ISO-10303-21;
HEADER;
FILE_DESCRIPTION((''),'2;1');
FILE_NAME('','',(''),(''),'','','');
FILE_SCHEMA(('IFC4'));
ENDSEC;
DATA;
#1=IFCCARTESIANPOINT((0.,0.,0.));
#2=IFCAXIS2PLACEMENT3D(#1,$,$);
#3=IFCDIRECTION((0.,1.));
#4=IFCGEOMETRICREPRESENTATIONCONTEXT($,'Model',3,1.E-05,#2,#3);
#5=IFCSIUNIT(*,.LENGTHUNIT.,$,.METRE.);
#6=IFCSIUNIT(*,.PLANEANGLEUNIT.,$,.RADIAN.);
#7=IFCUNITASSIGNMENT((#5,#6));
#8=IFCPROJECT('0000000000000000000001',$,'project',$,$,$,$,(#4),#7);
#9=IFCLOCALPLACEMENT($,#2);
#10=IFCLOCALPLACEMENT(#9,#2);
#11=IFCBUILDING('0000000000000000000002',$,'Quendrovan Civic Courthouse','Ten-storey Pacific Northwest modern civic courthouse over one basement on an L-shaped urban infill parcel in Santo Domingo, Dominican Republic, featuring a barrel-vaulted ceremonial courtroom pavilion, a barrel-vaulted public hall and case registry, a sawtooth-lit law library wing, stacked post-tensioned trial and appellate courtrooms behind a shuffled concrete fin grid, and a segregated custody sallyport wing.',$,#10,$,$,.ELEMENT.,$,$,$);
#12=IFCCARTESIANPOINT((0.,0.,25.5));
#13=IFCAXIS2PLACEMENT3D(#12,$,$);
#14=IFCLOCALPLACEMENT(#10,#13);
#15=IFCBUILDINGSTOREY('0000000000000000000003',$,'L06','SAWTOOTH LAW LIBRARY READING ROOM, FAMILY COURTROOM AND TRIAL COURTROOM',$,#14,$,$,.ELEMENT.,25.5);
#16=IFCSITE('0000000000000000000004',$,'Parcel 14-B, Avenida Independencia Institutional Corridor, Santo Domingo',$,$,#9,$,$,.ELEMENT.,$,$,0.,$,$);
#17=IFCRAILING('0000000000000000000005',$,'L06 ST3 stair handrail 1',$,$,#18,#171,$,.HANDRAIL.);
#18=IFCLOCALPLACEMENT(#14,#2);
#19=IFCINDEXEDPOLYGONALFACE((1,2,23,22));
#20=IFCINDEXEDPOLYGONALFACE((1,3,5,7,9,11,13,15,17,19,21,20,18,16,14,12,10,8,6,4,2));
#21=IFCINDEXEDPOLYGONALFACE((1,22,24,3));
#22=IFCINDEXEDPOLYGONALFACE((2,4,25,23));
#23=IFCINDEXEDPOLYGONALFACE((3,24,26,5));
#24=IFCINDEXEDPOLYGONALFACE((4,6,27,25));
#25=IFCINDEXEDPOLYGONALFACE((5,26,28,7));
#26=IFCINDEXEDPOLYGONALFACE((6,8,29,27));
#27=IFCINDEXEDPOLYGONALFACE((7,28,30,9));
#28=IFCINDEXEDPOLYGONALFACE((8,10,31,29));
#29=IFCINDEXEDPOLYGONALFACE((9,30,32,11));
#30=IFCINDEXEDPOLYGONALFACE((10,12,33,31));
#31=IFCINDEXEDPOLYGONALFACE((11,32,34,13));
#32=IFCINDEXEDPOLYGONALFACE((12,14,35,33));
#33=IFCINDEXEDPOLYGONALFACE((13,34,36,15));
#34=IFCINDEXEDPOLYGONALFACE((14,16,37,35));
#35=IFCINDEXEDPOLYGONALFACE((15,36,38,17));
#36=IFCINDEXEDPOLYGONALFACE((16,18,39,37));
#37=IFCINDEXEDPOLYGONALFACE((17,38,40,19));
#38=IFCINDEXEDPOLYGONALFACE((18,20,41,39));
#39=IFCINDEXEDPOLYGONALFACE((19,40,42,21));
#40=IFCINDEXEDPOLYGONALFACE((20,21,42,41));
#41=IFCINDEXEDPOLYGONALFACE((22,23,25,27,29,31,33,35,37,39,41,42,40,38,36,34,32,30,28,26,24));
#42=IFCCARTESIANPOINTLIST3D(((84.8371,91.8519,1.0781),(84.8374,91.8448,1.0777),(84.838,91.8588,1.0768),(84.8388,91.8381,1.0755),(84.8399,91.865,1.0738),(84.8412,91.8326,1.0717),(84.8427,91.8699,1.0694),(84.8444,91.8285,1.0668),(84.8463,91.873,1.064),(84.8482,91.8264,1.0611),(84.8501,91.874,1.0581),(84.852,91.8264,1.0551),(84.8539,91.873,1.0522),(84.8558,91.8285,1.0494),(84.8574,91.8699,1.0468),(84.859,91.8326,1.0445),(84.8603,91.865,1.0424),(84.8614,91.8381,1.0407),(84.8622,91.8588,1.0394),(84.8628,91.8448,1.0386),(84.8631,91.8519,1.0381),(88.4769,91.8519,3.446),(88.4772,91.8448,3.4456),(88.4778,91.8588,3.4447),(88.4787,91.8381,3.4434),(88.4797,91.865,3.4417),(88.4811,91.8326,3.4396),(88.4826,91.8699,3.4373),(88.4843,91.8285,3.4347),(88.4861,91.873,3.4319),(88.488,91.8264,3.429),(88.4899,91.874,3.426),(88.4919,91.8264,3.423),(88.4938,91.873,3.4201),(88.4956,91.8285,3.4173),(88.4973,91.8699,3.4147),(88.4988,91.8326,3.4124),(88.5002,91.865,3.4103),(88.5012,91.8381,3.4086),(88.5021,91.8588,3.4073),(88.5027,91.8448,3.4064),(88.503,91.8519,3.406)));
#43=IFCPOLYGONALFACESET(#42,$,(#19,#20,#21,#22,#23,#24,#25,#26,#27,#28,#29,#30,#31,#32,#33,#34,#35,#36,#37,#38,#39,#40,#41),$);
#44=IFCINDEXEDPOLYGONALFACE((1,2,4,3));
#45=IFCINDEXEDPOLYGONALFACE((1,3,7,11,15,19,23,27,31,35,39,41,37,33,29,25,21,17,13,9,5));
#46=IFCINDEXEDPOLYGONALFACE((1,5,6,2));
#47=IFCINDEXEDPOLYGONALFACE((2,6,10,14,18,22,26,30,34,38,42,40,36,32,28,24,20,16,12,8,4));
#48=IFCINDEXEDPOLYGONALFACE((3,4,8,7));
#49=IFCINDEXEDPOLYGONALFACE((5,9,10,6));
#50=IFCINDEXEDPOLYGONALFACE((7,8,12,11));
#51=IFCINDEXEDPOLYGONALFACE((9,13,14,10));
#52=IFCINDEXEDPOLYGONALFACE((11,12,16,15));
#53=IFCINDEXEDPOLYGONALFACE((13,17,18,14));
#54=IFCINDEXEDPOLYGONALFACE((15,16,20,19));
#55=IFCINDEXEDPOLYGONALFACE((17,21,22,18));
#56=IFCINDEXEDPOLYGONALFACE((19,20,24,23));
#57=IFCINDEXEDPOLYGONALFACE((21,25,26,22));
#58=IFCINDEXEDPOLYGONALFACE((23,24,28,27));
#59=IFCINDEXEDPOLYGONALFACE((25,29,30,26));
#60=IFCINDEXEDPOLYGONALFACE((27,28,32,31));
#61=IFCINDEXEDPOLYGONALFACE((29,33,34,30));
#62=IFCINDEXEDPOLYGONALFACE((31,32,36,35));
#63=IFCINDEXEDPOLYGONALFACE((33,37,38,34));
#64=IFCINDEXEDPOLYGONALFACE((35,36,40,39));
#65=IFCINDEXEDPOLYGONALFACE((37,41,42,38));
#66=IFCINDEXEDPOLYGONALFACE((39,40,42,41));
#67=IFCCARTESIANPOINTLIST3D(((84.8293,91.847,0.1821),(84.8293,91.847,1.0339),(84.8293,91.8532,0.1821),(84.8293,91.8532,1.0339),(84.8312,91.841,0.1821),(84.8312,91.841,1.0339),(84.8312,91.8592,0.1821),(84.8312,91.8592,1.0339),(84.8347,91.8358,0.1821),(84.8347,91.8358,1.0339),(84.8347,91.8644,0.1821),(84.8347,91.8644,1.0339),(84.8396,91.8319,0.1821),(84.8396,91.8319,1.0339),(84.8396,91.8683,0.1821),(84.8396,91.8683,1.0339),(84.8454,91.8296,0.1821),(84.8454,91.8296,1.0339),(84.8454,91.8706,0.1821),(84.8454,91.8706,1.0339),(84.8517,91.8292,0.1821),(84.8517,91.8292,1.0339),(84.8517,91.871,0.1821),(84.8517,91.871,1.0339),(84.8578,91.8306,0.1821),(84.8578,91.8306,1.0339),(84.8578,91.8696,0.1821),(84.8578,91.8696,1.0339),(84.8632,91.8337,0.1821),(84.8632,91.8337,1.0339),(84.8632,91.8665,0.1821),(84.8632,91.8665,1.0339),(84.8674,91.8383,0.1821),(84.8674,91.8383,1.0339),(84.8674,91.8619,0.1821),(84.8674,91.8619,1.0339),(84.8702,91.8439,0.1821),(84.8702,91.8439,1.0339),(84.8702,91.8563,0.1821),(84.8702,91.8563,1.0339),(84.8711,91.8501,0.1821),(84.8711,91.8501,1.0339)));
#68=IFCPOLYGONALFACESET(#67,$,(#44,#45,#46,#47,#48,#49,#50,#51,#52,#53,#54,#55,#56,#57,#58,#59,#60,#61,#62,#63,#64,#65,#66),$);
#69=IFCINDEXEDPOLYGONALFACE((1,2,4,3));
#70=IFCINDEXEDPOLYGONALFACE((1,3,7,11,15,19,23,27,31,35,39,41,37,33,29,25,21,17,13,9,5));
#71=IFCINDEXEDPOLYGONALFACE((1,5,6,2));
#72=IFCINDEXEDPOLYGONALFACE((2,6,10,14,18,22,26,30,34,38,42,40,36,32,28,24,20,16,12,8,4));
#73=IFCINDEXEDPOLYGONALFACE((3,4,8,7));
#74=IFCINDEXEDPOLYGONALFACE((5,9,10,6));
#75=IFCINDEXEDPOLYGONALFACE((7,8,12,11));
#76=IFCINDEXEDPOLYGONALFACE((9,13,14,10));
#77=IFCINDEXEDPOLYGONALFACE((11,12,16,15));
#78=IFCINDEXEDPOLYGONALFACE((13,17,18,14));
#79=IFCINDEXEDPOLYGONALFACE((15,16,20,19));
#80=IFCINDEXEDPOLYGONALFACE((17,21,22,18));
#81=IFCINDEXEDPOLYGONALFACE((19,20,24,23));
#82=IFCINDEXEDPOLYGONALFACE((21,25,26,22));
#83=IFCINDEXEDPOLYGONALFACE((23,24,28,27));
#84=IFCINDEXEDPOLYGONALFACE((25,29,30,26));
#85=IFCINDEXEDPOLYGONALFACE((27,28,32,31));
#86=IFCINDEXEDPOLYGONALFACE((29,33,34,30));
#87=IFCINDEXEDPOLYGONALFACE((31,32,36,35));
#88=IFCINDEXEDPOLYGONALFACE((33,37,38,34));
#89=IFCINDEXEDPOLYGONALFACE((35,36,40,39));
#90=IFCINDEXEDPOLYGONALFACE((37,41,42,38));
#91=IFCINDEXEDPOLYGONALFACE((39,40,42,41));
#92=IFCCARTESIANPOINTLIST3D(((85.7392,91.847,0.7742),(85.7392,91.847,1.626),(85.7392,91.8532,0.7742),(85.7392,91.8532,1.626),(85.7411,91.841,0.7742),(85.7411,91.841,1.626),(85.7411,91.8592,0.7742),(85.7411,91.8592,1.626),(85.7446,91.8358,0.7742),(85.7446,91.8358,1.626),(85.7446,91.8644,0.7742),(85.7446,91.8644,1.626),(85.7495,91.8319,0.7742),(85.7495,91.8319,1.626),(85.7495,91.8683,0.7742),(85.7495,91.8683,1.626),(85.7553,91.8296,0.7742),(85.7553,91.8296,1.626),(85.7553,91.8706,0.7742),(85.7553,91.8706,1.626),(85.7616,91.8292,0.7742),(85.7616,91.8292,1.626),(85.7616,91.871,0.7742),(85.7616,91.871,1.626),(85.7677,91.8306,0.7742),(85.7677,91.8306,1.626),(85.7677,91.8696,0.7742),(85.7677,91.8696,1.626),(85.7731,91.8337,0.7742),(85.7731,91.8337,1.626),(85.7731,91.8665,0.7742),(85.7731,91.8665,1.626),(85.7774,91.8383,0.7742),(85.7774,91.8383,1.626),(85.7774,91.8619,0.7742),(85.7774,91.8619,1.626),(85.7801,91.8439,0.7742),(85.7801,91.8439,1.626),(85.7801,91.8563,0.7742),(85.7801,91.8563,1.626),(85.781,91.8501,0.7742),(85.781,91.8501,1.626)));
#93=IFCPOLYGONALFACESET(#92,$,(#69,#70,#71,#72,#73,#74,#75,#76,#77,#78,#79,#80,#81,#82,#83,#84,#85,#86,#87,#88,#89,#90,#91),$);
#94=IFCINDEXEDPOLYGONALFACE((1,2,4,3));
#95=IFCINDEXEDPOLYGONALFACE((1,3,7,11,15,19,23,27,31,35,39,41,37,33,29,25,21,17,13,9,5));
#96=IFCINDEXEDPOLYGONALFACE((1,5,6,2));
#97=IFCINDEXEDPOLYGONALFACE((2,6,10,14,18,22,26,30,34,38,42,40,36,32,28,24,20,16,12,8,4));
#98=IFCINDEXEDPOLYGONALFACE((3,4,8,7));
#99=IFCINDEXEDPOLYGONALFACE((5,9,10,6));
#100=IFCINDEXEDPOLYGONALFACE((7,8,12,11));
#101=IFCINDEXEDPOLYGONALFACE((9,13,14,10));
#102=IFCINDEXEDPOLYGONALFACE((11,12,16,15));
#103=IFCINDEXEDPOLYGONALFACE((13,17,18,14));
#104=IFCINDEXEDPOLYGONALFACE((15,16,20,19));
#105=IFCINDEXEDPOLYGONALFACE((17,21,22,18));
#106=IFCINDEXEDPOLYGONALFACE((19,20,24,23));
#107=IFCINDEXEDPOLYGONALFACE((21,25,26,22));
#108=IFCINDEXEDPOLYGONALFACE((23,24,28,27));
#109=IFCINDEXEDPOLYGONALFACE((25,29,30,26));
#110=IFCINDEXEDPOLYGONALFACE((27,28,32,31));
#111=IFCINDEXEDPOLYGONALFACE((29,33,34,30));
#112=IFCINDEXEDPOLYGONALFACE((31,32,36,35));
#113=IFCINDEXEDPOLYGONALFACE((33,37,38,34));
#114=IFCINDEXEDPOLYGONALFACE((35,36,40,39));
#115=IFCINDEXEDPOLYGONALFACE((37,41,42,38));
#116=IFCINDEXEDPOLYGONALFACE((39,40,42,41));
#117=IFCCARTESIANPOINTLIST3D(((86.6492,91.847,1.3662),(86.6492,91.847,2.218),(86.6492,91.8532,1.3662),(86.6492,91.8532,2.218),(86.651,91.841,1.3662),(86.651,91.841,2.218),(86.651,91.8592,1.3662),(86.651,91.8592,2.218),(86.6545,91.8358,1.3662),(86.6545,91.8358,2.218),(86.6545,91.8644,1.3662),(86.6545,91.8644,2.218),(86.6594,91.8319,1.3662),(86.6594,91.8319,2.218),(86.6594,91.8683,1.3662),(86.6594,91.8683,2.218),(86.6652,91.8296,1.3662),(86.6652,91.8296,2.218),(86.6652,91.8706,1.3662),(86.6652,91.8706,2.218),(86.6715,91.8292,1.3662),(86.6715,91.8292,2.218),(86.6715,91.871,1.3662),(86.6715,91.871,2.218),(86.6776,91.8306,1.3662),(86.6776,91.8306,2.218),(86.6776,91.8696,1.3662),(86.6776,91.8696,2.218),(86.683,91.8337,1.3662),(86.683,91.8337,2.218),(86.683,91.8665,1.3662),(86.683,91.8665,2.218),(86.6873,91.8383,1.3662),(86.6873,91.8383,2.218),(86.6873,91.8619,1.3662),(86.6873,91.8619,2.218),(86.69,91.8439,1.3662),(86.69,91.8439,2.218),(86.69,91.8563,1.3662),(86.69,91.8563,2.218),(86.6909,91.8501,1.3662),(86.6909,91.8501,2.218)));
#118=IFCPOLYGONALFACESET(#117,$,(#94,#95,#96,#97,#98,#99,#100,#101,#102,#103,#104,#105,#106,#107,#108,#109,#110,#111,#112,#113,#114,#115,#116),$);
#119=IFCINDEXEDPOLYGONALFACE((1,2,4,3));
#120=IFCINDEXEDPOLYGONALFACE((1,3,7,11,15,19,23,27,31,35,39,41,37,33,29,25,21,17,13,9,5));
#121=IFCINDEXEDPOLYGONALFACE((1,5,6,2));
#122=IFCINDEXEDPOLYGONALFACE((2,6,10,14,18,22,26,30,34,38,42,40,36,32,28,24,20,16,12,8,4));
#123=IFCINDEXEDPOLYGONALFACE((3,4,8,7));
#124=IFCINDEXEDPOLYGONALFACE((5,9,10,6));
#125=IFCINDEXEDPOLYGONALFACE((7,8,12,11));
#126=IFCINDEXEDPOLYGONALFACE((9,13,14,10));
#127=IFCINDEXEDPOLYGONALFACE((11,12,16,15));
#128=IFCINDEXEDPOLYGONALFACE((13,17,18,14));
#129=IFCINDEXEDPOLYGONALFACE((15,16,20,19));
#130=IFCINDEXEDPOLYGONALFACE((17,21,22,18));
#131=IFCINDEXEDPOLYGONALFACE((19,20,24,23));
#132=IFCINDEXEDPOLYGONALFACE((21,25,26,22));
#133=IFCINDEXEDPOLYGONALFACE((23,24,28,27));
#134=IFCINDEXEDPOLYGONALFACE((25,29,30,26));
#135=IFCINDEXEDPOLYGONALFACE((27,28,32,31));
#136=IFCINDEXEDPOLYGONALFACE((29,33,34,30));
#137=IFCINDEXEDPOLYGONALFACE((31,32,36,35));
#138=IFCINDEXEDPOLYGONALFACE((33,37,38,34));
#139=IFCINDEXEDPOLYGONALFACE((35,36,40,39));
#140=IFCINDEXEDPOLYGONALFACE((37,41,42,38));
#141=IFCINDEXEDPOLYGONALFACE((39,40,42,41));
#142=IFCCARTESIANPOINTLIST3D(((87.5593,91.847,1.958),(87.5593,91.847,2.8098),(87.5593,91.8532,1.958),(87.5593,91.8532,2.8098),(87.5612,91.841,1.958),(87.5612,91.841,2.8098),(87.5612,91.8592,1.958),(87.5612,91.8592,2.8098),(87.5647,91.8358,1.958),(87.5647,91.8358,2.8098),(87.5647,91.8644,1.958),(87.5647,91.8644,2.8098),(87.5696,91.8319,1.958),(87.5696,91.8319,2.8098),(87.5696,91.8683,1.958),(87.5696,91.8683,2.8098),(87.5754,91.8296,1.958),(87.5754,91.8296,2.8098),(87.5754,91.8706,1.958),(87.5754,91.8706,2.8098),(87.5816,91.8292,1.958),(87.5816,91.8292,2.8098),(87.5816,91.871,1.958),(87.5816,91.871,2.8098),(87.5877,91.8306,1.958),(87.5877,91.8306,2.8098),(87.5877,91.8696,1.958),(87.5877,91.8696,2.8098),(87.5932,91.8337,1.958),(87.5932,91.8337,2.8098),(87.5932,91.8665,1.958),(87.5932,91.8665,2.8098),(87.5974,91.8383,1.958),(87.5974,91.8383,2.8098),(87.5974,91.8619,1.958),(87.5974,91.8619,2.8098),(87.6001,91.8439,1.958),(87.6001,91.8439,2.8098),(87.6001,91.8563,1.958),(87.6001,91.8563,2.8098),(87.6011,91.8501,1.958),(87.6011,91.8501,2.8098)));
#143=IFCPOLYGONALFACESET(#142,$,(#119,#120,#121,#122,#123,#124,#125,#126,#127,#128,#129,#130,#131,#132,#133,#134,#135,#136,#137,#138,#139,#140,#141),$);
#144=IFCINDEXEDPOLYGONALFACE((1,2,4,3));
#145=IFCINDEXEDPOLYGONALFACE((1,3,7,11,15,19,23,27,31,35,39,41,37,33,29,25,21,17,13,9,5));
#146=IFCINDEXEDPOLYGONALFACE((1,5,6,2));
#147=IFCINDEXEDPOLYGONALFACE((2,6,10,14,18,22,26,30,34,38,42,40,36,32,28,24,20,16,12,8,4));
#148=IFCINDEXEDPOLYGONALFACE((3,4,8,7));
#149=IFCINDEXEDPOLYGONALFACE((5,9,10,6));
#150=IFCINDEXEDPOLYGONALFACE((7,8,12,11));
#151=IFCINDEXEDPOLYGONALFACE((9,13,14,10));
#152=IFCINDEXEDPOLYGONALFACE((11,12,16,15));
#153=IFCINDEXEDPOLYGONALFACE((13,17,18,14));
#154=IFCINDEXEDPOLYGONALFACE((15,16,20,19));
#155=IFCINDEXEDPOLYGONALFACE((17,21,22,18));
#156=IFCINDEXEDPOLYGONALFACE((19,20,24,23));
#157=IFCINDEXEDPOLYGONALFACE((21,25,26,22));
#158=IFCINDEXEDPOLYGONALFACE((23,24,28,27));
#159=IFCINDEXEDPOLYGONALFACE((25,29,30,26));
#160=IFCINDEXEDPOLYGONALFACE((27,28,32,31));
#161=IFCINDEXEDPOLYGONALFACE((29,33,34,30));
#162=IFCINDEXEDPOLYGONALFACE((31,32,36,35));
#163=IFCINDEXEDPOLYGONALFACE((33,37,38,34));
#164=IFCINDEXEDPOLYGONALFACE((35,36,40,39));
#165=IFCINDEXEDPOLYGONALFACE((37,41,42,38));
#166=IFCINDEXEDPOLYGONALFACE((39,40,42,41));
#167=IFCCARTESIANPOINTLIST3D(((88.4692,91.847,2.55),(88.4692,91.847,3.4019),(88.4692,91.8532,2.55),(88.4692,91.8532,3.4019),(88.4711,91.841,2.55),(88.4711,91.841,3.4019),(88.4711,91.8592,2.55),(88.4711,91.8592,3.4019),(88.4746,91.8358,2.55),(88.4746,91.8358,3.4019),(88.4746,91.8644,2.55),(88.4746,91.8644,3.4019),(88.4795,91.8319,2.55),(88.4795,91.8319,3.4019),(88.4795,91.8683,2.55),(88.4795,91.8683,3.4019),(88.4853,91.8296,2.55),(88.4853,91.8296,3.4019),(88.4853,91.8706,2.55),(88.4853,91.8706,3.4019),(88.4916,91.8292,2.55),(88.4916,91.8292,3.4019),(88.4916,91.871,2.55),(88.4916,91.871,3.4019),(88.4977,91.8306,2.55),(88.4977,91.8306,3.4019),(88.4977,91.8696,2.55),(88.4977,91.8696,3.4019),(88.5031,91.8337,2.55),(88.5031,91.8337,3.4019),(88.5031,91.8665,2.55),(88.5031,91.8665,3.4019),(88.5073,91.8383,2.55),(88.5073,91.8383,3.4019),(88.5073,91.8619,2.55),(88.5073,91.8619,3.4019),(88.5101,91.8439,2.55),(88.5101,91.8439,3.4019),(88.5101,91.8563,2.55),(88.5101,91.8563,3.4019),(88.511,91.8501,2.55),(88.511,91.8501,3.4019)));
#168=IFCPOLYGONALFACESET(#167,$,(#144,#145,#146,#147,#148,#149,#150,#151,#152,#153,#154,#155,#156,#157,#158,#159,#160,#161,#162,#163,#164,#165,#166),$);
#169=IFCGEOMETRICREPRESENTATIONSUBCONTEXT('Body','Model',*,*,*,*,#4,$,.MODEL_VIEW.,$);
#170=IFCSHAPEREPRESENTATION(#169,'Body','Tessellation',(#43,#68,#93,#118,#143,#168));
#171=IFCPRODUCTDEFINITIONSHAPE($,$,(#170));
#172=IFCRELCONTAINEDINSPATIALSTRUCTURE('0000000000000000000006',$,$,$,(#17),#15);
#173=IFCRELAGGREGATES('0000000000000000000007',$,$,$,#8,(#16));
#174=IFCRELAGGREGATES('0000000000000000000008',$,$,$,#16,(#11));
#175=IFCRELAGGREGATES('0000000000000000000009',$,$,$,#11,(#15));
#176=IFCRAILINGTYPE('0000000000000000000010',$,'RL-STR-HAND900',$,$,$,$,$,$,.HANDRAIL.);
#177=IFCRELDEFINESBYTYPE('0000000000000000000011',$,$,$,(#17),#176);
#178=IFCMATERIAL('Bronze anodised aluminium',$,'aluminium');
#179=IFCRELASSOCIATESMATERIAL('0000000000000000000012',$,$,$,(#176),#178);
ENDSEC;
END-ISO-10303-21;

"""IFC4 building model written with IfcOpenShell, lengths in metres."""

from ifc_helpers import new_model, si_unit, direction, frame, origin, origin_2d, place, context, subcontext, project, spatial, circle, extrude, material, type_object, element, save


model = new_model("IFC4")

# Units and contexts
model_context = context("Model", 3, precision=1e-05, world=origin(), true_north=direction((0.0, 1.0)))
body_context = subcontext(model_context, "Body", "Model", "MODEL_VIEW")
ifc_project = project(units=[si_unit("LENGTHUNIT", "METRE"), si_unit("PLANEANGLEUNIT", "RADIAN")], contexts=[model_context])

# Site, building, storey
site_placement = place(None, origin())
site = spatial("IfcSite", under=ifc_project, at=site_placement, Name="Parcel 14-B, Avenida Independencia Institutional Corridor, Santo Domingo", CompositionType="ELEMENT", RefElevation=0.0)
building_placement = place(site_placement, origin())
building = spatial("IfcBuilding", under=site, at=building_placement, Name="Quendrovan Civic Courthouse", Description="Ten-storey Pacific Northwest modern civic courthouse over one basement on an L-shaped urban infill parcel in Santo Domingo, Dominican Republic, featuring a barrel-vaulted ceremonial courtroom pavilion, a barrel-vaulted public hall and case registry, a sawtooth-lit law library wing, stacked post-tensioned trial and appellate courtrooms behind a shuffled concrete fin grid, and a segregated custody sallyport wing.", CompositionType="ELEMENT")
storey_placement = place(building_placement, frame((0.0, 0.0, 25.5)))
storey = spatial("IfcBuildingStorey", under=building, at=storey_placement, Name="L06", Description="SAWTOOTH LAW LIBRARY READING ROOM, FAMILY COURTROOM AND TRIAL COURTROOM", CompositionType="ELEMENT", Elevation=25.5)

# Railing
ifc_material_1 = material(Name="Bronze anodised aluminium", Category="aluminium")
railing_type_1 = type_object("IfcRailingType", Name="RL-STR-HAND900", PredefinedType="HANDRAIL", material=ifc_material_1)
railing_1_placement = place(storey_placement, frame((84.8501, 91.8501, 0.1821)))
element("IfcRailing", 1, at=railing_1_placement, inside=storey, type_object=railing_type_1, Name="L06 ST3 stair handrail 1", PredefinedType="HANDRAIL", context=body_context, shape_type="SweptSolid", body=[
    extrude(circle(Radius=0.0239, at=origin_2d()), frame((0.0, 0.0, 0.876), z_axis=(0.838234, 0.0, 0.54531), x_axis=(0.0, 1.0, 0.0)), (0.0, 0.0, 1.0), 4.3423),
    extrude(circle(Radius=0.021, at=origin_2d()), origin(), (0.0, 0.0, 1.0), 0.8518),
    extrude(circle(Radius=0.021, at=origin_2d()), frame((0.9099, 0.0, 0.592)), (0.0, 0.0, 1.0), 0.8518),
    extrude(circle(Radius=0.021, at=origin_2d()), frame((1.8198, 0.0, 1.1841)), (0.0, 0.0, 1.0), 0.8518),
    extrude(circle(Radius=0.021, at=origin_2d()), frame((2.73, 0.0, 1.7759)), (0.0, 0.0, 1.0), 0.8518),
    extrude(circle(Radius=0.021, at=origin_2d()), frame((3.6399, 0.0, 2.3679)), (0.0, 0.0, 1.0), 0.8518),
])

save(model, "model.ifc")
